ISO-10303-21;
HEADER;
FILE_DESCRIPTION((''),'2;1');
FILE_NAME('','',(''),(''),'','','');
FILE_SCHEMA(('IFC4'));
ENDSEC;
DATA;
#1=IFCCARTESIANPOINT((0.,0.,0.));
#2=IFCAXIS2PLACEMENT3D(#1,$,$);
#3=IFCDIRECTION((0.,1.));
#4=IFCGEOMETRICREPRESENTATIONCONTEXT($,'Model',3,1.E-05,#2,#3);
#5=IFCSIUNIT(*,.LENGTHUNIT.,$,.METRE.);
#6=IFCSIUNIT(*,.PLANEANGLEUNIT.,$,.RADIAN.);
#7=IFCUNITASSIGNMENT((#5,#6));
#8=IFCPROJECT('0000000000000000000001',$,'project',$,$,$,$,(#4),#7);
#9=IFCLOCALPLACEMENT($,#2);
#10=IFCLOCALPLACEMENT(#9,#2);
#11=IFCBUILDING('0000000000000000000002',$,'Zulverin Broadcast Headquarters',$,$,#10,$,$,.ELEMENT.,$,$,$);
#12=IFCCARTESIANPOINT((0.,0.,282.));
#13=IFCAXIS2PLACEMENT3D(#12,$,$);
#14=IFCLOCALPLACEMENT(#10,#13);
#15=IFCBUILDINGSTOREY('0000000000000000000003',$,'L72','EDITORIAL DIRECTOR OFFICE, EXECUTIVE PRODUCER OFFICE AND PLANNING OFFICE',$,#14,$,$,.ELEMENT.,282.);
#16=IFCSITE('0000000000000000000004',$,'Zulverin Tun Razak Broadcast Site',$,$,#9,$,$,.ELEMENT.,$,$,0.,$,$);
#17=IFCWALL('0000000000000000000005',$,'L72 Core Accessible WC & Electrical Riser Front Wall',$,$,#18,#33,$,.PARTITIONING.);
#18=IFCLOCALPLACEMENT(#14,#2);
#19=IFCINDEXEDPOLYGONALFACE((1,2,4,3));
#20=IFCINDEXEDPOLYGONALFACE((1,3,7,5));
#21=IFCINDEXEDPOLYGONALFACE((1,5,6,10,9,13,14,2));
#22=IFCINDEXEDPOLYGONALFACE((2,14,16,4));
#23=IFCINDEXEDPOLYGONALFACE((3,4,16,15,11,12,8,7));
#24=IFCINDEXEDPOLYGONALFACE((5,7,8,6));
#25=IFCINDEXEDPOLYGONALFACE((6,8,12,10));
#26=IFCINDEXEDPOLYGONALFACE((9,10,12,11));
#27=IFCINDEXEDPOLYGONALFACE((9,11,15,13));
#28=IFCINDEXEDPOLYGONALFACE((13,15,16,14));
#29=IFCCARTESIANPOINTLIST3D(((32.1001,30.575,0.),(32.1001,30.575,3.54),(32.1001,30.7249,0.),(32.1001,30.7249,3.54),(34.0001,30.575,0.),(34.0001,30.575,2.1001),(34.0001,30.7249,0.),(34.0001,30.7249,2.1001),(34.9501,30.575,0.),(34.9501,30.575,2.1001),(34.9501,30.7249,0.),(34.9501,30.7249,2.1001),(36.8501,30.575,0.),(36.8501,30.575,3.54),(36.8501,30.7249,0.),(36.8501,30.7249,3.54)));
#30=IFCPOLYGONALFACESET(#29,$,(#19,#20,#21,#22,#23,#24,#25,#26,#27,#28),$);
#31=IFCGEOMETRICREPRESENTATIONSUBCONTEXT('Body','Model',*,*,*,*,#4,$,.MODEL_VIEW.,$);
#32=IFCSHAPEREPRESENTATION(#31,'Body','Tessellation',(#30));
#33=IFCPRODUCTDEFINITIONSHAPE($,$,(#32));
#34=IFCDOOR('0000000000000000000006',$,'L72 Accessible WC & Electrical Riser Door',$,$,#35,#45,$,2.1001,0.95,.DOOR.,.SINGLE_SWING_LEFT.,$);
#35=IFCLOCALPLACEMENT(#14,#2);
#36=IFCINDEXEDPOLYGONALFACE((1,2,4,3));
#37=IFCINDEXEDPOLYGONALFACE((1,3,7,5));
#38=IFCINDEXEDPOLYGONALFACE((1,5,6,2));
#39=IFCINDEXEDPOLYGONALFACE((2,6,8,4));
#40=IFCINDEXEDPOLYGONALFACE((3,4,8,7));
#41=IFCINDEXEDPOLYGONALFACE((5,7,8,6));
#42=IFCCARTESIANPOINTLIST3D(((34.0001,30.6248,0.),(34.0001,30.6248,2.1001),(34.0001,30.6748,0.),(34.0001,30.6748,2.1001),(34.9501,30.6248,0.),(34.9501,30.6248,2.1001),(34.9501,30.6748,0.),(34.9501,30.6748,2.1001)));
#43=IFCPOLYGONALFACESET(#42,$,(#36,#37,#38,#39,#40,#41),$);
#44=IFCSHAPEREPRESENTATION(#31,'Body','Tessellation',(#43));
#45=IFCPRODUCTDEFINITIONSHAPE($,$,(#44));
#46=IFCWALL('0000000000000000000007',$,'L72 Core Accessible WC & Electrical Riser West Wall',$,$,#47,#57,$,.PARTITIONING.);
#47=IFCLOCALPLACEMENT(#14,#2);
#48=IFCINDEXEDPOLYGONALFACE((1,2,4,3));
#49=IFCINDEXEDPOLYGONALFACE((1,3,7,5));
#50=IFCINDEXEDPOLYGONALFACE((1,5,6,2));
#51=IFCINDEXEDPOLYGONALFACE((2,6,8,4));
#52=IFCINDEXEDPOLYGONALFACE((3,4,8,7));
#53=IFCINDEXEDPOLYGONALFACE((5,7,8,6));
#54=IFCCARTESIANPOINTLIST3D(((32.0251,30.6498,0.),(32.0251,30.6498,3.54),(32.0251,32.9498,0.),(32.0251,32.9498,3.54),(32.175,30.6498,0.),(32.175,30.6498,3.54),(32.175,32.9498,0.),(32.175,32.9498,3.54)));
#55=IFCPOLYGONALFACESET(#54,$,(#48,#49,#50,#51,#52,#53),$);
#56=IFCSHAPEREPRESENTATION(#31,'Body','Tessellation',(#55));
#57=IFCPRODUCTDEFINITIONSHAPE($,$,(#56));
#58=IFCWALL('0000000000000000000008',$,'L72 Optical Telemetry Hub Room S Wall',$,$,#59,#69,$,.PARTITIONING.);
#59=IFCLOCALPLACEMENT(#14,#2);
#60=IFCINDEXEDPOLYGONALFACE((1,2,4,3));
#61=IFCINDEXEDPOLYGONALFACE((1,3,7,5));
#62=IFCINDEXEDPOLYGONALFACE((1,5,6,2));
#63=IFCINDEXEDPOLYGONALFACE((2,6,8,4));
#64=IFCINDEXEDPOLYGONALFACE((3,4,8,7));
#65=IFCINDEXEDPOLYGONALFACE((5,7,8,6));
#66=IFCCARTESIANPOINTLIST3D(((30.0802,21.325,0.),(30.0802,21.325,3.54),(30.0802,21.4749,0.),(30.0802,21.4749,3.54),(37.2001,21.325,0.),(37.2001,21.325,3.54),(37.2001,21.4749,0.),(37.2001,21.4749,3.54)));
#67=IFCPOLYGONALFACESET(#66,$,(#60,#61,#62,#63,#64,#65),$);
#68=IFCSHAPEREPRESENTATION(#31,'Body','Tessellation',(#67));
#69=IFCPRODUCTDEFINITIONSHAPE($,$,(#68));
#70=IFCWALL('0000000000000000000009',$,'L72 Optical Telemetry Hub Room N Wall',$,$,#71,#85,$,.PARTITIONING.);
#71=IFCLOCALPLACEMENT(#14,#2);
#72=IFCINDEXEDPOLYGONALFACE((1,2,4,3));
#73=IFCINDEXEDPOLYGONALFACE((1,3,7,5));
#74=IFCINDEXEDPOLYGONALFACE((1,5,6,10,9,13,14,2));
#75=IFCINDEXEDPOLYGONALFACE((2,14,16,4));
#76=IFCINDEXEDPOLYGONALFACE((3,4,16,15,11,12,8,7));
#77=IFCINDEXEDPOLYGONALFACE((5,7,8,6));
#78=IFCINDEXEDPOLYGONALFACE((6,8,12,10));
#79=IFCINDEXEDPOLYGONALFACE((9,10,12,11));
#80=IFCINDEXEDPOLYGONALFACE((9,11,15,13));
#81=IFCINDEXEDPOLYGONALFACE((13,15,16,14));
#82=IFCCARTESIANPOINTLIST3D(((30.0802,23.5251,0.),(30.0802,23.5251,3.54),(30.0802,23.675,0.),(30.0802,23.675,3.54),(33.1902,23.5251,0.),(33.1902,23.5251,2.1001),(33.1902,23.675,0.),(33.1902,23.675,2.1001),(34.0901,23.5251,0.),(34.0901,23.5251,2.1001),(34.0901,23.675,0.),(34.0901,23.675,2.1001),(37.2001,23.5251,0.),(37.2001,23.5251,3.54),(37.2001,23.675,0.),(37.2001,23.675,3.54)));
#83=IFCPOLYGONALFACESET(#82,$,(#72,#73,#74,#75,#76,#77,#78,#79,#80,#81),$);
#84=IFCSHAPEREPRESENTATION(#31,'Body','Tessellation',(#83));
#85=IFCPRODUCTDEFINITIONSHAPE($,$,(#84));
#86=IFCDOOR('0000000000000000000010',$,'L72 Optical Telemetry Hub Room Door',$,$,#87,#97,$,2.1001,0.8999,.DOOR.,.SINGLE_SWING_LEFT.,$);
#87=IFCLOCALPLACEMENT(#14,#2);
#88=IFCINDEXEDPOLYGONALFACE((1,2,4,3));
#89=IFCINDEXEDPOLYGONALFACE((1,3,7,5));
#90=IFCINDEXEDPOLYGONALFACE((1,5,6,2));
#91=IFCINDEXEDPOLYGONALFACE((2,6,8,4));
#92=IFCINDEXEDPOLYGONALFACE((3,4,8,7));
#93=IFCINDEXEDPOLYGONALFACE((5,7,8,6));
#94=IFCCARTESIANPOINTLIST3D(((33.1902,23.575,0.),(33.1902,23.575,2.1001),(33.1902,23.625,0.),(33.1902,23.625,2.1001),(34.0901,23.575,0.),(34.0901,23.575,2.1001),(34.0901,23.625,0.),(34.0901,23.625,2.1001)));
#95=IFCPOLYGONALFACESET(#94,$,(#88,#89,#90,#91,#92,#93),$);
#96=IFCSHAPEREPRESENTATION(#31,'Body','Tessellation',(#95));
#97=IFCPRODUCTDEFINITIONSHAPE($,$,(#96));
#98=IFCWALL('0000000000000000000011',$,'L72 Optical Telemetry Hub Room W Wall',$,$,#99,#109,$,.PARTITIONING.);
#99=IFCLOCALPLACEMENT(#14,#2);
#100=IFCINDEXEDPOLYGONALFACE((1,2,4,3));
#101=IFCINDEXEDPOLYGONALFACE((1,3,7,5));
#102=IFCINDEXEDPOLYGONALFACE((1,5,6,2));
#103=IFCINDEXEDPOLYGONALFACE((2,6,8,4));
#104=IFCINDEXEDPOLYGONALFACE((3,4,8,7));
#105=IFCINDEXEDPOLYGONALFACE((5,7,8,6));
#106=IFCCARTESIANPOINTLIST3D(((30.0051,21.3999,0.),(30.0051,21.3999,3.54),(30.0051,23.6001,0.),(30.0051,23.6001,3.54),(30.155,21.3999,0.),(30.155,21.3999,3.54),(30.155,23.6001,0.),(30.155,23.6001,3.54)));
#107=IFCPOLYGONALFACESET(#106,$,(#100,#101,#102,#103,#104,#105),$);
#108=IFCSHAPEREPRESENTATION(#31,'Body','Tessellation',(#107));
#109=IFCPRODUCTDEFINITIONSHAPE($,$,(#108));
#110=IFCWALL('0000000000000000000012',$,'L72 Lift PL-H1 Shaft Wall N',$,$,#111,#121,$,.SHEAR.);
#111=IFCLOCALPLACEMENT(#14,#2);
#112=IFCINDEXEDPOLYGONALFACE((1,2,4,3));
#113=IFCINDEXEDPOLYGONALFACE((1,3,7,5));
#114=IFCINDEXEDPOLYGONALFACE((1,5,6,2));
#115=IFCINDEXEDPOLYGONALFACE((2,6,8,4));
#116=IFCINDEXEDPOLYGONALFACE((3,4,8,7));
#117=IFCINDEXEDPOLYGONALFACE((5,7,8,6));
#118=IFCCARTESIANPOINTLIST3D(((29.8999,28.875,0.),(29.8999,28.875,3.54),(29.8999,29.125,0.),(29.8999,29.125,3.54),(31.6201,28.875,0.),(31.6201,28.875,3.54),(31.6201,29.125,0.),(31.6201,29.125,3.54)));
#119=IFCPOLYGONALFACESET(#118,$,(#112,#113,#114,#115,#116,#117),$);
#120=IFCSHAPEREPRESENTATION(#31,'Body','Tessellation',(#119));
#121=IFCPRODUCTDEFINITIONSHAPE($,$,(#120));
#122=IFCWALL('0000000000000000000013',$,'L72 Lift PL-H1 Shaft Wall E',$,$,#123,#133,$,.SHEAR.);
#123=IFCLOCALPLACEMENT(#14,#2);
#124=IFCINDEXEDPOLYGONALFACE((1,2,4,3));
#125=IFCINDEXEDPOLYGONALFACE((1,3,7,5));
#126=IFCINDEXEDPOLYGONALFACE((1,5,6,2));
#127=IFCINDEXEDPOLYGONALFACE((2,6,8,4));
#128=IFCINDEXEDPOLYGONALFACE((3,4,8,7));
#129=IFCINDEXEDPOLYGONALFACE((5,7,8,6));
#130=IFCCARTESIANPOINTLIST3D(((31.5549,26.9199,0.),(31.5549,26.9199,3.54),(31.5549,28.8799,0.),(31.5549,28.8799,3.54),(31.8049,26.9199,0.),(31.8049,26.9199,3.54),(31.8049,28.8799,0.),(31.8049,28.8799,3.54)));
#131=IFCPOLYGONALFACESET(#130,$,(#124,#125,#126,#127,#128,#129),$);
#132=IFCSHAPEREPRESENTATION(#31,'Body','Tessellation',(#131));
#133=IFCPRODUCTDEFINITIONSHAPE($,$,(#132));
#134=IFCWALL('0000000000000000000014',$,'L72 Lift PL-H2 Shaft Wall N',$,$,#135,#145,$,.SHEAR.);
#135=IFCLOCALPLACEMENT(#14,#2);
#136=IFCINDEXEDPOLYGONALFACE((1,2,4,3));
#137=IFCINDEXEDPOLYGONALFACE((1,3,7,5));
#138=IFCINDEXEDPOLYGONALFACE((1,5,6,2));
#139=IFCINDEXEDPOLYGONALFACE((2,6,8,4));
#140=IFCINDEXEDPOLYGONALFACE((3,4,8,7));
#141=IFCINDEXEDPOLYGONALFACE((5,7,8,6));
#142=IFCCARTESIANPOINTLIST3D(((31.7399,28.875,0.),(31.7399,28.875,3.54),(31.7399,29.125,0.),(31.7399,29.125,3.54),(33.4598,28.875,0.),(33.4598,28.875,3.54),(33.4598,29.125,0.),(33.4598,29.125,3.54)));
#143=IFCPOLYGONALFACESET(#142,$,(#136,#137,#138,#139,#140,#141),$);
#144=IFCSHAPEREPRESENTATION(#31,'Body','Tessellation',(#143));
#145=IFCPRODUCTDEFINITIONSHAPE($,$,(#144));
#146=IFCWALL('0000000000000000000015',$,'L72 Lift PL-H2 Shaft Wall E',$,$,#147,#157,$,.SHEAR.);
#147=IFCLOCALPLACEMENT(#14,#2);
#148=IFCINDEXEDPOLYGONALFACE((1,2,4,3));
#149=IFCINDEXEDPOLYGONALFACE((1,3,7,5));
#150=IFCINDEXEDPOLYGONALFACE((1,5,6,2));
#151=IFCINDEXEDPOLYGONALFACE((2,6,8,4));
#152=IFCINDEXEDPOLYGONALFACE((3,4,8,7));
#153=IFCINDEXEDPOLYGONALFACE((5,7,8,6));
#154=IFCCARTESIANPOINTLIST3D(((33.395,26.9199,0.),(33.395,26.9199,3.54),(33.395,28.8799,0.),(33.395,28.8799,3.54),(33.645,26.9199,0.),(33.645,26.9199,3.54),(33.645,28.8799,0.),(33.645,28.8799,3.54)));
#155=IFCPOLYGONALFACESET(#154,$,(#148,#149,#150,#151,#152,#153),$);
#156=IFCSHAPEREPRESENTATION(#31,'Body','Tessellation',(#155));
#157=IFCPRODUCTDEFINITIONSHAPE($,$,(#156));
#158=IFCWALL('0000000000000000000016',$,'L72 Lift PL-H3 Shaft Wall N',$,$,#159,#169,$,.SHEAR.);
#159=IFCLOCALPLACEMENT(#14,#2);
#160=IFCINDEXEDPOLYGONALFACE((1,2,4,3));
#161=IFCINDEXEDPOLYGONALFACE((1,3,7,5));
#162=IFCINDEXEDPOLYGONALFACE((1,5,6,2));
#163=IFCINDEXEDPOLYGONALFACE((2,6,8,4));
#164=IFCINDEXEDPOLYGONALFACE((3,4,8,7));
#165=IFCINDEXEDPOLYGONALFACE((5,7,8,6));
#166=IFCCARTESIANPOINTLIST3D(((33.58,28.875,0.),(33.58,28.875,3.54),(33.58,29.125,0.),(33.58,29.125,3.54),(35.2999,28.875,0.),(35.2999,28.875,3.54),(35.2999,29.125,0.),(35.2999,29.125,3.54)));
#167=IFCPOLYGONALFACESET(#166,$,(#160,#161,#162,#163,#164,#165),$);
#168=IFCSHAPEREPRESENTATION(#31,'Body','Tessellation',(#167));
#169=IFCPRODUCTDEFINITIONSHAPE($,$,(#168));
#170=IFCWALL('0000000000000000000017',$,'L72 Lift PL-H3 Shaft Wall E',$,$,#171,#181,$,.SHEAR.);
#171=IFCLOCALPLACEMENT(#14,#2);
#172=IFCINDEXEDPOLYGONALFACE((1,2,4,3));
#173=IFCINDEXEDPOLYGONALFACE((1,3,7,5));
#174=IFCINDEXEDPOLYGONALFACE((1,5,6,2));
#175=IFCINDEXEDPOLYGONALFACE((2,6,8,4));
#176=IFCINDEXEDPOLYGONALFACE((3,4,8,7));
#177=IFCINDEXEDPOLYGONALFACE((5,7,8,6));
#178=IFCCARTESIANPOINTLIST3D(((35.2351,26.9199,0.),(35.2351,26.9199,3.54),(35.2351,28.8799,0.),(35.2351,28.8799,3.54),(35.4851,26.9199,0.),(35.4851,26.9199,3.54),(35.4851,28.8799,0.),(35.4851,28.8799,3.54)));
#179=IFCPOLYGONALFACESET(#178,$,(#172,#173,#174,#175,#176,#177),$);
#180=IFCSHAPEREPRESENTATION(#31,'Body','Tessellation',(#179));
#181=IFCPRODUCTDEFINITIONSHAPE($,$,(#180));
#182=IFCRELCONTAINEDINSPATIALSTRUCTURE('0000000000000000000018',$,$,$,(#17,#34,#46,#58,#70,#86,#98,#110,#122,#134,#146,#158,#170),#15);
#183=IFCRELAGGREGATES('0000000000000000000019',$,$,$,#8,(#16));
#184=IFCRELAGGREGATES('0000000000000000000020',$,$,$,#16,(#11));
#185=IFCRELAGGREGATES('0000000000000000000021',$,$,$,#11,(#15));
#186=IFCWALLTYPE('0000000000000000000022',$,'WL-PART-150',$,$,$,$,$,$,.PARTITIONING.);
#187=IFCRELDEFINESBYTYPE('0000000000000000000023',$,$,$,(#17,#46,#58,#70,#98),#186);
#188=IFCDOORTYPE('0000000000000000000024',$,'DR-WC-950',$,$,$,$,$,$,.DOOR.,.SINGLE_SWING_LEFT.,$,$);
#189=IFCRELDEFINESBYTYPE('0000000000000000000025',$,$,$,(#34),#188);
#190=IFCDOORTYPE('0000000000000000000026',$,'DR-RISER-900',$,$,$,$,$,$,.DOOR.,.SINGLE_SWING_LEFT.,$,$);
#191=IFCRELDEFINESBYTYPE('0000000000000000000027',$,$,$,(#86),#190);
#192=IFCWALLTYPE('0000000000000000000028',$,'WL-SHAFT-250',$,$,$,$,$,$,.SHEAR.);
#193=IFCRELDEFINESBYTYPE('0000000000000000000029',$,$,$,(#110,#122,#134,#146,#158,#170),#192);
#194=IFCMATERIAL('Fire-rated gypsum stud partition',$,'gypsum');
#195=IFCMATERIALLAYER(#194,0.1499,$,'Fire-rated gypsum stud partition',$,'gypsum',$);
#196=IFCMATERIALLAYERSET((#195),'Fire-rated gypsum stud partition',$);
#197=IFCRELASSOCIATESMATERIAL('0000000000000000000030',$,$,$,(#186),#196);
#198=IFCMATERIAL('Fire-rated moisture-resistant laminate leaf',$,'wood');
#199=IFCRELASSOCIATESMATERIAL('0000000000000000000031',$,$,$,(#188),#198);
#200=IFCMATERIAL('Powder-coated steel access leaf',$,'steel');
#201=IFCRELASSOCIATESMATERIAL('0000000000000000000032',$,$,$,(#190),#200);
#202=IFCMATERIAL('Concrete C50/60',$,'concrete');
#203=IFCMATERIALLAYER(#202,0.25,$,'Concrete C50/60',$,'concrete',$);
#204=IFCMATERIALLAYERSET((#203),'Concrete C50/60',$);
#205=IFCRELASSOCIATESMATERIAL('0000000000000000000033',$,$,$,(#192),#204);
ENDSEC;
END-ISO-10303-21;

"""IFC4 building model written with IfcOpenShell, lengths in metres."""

from ifc_helpers import new_model, si_unit, direction, frame, frame_2d, origin, place, context, subcontext, project, spatial, rectangle, extrude, material, layer, layer_set, type_object, element, fill, save


model = new_model("IFC4")

# Units and contexts
model_context = context("Model", 3, precision=1e-05, world=origin(), true_north=direction((0.0, 1.0)))
body_context = subcontext(model_context, "Body", "Model", "MODEL_VIEW")
ifc_project = project(units=[si_unit("LENGTHUNIT", "METRE"), si_unit("PLANEANGLEUNIT", "RADIAN")], contexts=[model_context])

# Site, building, storey
site_placement = place(None, origin())
site = spatial("IfcSite", under=ifc_project, at=site_placement, Name="Zulverin Tun Razak Broadcast Site", CompositionType="ELEMENT", RefElevation=0.0)
building_placement = place(site_placement, origin())
building = spatial("IfcBuilding", under=site, at=building_placement, Name="Zulverin Broadcast Headquarters", CompositionType="ELEMENT")
storey_placement = place(building_placement, frame((0.0, 0.0, 282.0)))
storey = spatial("IfcBuildingStorey", under=building, at=storey_placement, Name="L72", Description="EDITORIAL DIRECTOR OFFICE, EXECUTIVE PRODUCER OFFICE AND PLANNING OFFICE", CompositionType="ELEMENT", Elevation=282.0)

# Wall, opening, door
ifc_material_1 = material(Name="Fire-rated gypsum stud partition", Category="gypsum")
ifc_layer_1 = layer(ifc_material_1, 0.1499, Name="Fire-rated gypsum stud partition", Category="gypsum")
ifc_layer_set_1 = layer_set([ifc_layer_1], Name="Fire-rated gypsum stud partition")
wall_type_1 = type_object("IfcWallType", Name="WL-PART-150", PredefinedType="PARTITIONING", material=ifc_layer_set_1)
wall_1_placement = place(storey_placement, frame((32.1001, 30.6499, 0.0), z_axis=(0.0, 0.0, 1.0), x_axis=(1.0, 0.0, 0.0)))
wall_1 = element("IfcWall", 1, at=wall_1_placement, inside=storey, type_object=wall_type_1, Name="L72 Core Accessible WC & Electrical Riser Front Wall", PredefinedType="PARTITIONING", context=body_context, shape_type="SweptSolid", body=[
    extrude(rectangle(XDim=4.75, YDim=0.1499, at=frame_2d((2.375, 0.0))), origin(), (0.0, 0.0, 1.0), 3.54),
])
opening_1_placement = place(wall_1_placement, frame((1.8999, 0.0, 0.0)))
opening_1 = element("IfcOpeningElement", 2, at=opening_1_placement, cuts=wall_1, PredefinedType="OPENING", context=body_context, shape_type="SweptSolid", body=[
    extrude(rectangle(XDim=0.95, YDim=2.1001, at=frame_2d((0.4751, 1.05))), frame((0.0, 0.085, 0.0), z_axis=(0.0, -1.0, 0.0), x_axis=(1.0, 0.0, 0.0)), (0.0, 0.0, 1.0), 0.1699),
])
ifc_material_2 = material(Name="Fire-rated moisture-resistant laminate leaf", Category="wood")
door_type_1 = type_object("IfcDoorType", Name="DR-WC-950", OperationType="SINGLE_SWING_LEFT", PredefinedType="DOOR", material=ifc_material_2)
door_1_placement = place(opening_1_placement, origin())
door_1 = element("IfcDoor", 3, at=door_1_placement, inside=storey, type_object=door_type_1, Name="L72 Accessible WC & Electrical Riser Door", OperationType="SINGLE_SWING_LEFT", OverallHeight=2.1001, OverallWidth=0.95, PredefinedType="DOOR", context=body_context, shape_type="SweptSolid", body=[
    extrude(rectangle(XDim=0.95, YDim=2.1001, at=frame_2d((0.4751, 1.05))), frame((0.0, 0.0249, 0.0), z_axis=(0.0, -1.0, 0.0), x_axis=(1.0, 0.0, 0.0)), (0.0, 0.0, 1.0), 0.05),
])
fill(opening_1, door_1)

# Walls
wall_2_placement = place(storey_placement, frame((32.1001, 30.6499, 0.0), z_axis=(0.0, 0.0, 1.0), x_axis=(0.0, 1.0, 0.0)))
element("IfcWall", 4, at=wall_2_placement, inside=storey, type_object=wall_type_1, Name="L72 Core Accessible WC & Electrical Riser West Wall", PredefinedType="PARTITIONING", context=body_context, shape_type="SweptSolid", body=[
    extrude(rectangle(XDim=2.3, YDim=0.1499, at=frame_2d((1.1499, 0.0))), origin(), (0.0, 0.0, 1.0), 3.54),
])
wall_3_placement = place(storey_placement, frame((30.0801, 21.3999, 0.0), z_axis=(0.0, 0.0, 1.0), x_axis=(1.0, 0.0, 0.0)))
element("IfcWall", 5, at=wall_3_placement, inside=storey, type_object=wall_type_1, Name="L72 Optical Telemetry Hub Room S Wall", PredefinedType="PARTITIONING", context=body_context, shape_type="SweptSolid", body=[
    extrude(rectangle(XDim=7.1199, YDim=0.1499, at=frame_2d((3.5601, 0.0))), origin(), (0.0, 0.0, 1.0), 3.54),
])

# Wall, opening, door
wall_4_placement = place(storey_placement, frame((30.0801, 23.6001, 0.0), z_axis=(0.0, 0.0, 1.0), x_axis=(1.0, 0.0, 0.0)))
wall_4 = element("IfcWall", 6, at=wall_4_placement, inside=storey, type_object=wall_type_1, Name="L72 Optical Telemetry Hub Room N Wall", PredefinedType="PARTITIONING", context=body_context, shape_type="SweptSolid", body=[
    extrude(rectangle(XDim=7.1199, YDim=0.1499, at=frame_2d((3.5601, 0.0))), origin(), (0.0, 0.0, 1.0), 3.54),
])
opening_2_placement = place(wall_4_placement, frame((3.1101, 0.0, 0.0)))
opening_2 = element("IfcOpeningElement", 7, at=opening_2_placement, cuts=wall_4, PredefinedType="OPENING", context=body_context, shape_type="SweptSolid", body=[
    extrude(rectangle(XDim=0.8999, YDim=2.1001, at=frame_2d((0.45, 1.05))), frame((0.0, 0.085, 0.0), z_axis=(0.0, -1.0, 0.0), x_axis=(1.0, 0.0, 0.0)), (0.0, 0.0, 1.0), 0.1699),
])
ifc_material_3 = material(Name="Powder-coated steel access leaf", Category="steel")
door_type_2 = type_object("IfcDoorType", Name="DR-RISER-900", OperationType="SINGLE_SWING_LEFT", PredefinedType="DOOR", material=ifc_material_3)
door_2_placement = place(opening_2_placement, origin())
door_2 = element("IfcDoor", 8, at=door_2_placement, inside=storey, type_object=door_type_2, Name="L72 Optical Telemetry Hub Room Door", OperationType="SINGLE_SWING_LEFT", OverallHeight=2.1001, OverallWidth=0.8999, PredefinedType="DOOR", context=body_context, shape_type="SweptSolid", body=[
    extrude(rectangle(XDim=0.8999, YDim=2.1001, at=frame_2d((0.45, 1.05))), frame((0.0, 0.0249, 0.0), z_axis=(0.0, -1.0, 0.0), x_axis=(1.0, 0.0, 0.0)), (0.0, 0.0, 1.0), 0.05),
])
fill(opening_2, door_2)

# Walls
wall_5_placement = place(storey_placement, frame((30.0801, 21.3999, 0.0), z_axis=(0.0, 0.0, 1.0), x_axis=(0.0, 1.0, 0.0)))
element("IfcWall", 9, at=wall_5_placement, inside=storey, type_object=wall_type_1, Name="L72 Optical Telemetry Hub Room W Wall", PredefinedType="PARTITIONING", context=body_context, shape_type="SweptSolid", body=[
    extrude(rectangle(XDim=2.2002, YDim=0.1499, at=frame_2d((1.1001, 0.0))), origin(), (0.0, 0.0, 1.0), 3.54),
])
ifc_material_4 = material(Name="Concrete C50/60", Category="concrete")
ifc_layer_2 = layer(ifc_material_4, 0.25, Name="Concrete C50/60", Category="concrete")
ifc_layer_set_2 = layer_set([ifc_layer_2], Name="Concrete C50/60")
wall_type_2 = type_object("IfcWallType", Name="WL-SHAFT-250", PredefinedType="SHEAR", material=ifc_layer_set_2)
wall_6_placement = place(storey_placement, frame((29.8999, 29.0, 0.0), z_axis=(0.0, 0.0, 1.0), x_axis=(1.0, 0.0, 0.0)))
element("IfcWall", 10, at=wall_6_placement, inside=storey, type_object=wall_type_2, Name="L72 Lift PL-H1 Shaft Wall N", PredefinedType="SHEAR", context=body_context, shape_type="SweptSolid", body=[
    extrude(rectangle(XDim=1.7202, YDim=0.25, at=frame_2d((0.8601, 0.0))), origin(), (0.0, 0.0, 1.0), 3.54),
])
wall_7_placement = place(storey_placement, frame((31.6799, 26.9199, 0.0), z_axis=(0.0, 0.0, 1.0), x_axis=(0.0, 1.0, 0.0)))
element("IfcWall", 11, at=wall_7_placement, inside=storey, type_object=wall_type_2, Name="L72 Lift PL-H1 Shaft Wall E", PredefinedType="SHEAR", context=body_context, shape_type="SweptSolid", body=[
    extrude(rectangle(XDim=1.96, YDim=0.25, at=frame_2d((0.98, 0.0))), origin(), (0.0, 0.0, 1.0), 3.54),
])

# Walls
wall_8_placement = place(storey_placement, frame((31.74, 29.0, 0.0), z_axis=(0.0, 0.0, 1.0), x_axis=(1.0, 0.0, 0.0)))
element("IfcWall", 12, at=wall_8_placement, inside=storey, type_object=wall_type_2, Name="L72 Lift PL-H2 Shaft Wall N", PredefinedType="SHEAR", context=body_context, shape_type="SweptSolid", body=[
    extrude(rectangle(XDim=1.72, YDim=0.25, at=frame_2d((0.8599, 0.0))), origin(), (0.0, 0.0, 1.0), 3.54),
])
wall_9_placement = place(storey_placement, frame((33.52, 26.9199, 0.0), z_axis=(0.0, 0.0, 1.0), x_axis=(0.0, 1.0, 0.0)))
element("IfcWall", 13, at=wall_9_placement, inside=storey, type_object=wall_type_2, Name="L72 Lift PL-H2 Shaft Wall E", PredefinedType="SHEAR", context=body_context, shape_type="SweptSolid", body=[
    extrude(rectangle(XDim=1.96, YDim=0.25, at=frame_2d((0.98, 0.0))), origin(), (0.0, 0.0, 1.0), 3.54),
])

# Walls
wall_10_placement = place(storey_placement, frame((33.5801, 29.0, 0.0), z_axis=(0.0, 0.0, 1.0), x_axis=(1.0, 0.0, 0.0)))
element("IfcWall", 14, at=wall_10_placement, inside=storey, type_object=wall_type_2, Name="L72 Lift PL-H3 Shaft Wall N", PredefinedType="SHEAR", context=body_context, shape_type="SweptSolid", body=[
    extrude(rectangle(XDim=1.72, YDim=0.25, at=frame_2d((0.8599, 0.0))), origin(), (0.0, 0.0, 1.0), 3.54),
])
wall_11_placement = place(storey_placement, frame((35.3601, 26.9199, 0.0), z_axis=(0.0, 0.0, 1.0), x_axis=(0.0, 1.0, 0.0)))
element("IfcWall", 15, at=wall_11_placement, inside=storey, type_object=wall_type_2, Name="L72 Lift PL-H3 Shaft Wall E", PredefinedType="SHEAR", context=body_context, shape_type="SweptSolid", body=[
    extrude(rectangle(XDim=1.96, YDim=0.25, at=frame_2d((0.98, 0.0))), origin(), (0.0, 0.0, 1.0), 3.54),
])

save(model, "model.ifc")
